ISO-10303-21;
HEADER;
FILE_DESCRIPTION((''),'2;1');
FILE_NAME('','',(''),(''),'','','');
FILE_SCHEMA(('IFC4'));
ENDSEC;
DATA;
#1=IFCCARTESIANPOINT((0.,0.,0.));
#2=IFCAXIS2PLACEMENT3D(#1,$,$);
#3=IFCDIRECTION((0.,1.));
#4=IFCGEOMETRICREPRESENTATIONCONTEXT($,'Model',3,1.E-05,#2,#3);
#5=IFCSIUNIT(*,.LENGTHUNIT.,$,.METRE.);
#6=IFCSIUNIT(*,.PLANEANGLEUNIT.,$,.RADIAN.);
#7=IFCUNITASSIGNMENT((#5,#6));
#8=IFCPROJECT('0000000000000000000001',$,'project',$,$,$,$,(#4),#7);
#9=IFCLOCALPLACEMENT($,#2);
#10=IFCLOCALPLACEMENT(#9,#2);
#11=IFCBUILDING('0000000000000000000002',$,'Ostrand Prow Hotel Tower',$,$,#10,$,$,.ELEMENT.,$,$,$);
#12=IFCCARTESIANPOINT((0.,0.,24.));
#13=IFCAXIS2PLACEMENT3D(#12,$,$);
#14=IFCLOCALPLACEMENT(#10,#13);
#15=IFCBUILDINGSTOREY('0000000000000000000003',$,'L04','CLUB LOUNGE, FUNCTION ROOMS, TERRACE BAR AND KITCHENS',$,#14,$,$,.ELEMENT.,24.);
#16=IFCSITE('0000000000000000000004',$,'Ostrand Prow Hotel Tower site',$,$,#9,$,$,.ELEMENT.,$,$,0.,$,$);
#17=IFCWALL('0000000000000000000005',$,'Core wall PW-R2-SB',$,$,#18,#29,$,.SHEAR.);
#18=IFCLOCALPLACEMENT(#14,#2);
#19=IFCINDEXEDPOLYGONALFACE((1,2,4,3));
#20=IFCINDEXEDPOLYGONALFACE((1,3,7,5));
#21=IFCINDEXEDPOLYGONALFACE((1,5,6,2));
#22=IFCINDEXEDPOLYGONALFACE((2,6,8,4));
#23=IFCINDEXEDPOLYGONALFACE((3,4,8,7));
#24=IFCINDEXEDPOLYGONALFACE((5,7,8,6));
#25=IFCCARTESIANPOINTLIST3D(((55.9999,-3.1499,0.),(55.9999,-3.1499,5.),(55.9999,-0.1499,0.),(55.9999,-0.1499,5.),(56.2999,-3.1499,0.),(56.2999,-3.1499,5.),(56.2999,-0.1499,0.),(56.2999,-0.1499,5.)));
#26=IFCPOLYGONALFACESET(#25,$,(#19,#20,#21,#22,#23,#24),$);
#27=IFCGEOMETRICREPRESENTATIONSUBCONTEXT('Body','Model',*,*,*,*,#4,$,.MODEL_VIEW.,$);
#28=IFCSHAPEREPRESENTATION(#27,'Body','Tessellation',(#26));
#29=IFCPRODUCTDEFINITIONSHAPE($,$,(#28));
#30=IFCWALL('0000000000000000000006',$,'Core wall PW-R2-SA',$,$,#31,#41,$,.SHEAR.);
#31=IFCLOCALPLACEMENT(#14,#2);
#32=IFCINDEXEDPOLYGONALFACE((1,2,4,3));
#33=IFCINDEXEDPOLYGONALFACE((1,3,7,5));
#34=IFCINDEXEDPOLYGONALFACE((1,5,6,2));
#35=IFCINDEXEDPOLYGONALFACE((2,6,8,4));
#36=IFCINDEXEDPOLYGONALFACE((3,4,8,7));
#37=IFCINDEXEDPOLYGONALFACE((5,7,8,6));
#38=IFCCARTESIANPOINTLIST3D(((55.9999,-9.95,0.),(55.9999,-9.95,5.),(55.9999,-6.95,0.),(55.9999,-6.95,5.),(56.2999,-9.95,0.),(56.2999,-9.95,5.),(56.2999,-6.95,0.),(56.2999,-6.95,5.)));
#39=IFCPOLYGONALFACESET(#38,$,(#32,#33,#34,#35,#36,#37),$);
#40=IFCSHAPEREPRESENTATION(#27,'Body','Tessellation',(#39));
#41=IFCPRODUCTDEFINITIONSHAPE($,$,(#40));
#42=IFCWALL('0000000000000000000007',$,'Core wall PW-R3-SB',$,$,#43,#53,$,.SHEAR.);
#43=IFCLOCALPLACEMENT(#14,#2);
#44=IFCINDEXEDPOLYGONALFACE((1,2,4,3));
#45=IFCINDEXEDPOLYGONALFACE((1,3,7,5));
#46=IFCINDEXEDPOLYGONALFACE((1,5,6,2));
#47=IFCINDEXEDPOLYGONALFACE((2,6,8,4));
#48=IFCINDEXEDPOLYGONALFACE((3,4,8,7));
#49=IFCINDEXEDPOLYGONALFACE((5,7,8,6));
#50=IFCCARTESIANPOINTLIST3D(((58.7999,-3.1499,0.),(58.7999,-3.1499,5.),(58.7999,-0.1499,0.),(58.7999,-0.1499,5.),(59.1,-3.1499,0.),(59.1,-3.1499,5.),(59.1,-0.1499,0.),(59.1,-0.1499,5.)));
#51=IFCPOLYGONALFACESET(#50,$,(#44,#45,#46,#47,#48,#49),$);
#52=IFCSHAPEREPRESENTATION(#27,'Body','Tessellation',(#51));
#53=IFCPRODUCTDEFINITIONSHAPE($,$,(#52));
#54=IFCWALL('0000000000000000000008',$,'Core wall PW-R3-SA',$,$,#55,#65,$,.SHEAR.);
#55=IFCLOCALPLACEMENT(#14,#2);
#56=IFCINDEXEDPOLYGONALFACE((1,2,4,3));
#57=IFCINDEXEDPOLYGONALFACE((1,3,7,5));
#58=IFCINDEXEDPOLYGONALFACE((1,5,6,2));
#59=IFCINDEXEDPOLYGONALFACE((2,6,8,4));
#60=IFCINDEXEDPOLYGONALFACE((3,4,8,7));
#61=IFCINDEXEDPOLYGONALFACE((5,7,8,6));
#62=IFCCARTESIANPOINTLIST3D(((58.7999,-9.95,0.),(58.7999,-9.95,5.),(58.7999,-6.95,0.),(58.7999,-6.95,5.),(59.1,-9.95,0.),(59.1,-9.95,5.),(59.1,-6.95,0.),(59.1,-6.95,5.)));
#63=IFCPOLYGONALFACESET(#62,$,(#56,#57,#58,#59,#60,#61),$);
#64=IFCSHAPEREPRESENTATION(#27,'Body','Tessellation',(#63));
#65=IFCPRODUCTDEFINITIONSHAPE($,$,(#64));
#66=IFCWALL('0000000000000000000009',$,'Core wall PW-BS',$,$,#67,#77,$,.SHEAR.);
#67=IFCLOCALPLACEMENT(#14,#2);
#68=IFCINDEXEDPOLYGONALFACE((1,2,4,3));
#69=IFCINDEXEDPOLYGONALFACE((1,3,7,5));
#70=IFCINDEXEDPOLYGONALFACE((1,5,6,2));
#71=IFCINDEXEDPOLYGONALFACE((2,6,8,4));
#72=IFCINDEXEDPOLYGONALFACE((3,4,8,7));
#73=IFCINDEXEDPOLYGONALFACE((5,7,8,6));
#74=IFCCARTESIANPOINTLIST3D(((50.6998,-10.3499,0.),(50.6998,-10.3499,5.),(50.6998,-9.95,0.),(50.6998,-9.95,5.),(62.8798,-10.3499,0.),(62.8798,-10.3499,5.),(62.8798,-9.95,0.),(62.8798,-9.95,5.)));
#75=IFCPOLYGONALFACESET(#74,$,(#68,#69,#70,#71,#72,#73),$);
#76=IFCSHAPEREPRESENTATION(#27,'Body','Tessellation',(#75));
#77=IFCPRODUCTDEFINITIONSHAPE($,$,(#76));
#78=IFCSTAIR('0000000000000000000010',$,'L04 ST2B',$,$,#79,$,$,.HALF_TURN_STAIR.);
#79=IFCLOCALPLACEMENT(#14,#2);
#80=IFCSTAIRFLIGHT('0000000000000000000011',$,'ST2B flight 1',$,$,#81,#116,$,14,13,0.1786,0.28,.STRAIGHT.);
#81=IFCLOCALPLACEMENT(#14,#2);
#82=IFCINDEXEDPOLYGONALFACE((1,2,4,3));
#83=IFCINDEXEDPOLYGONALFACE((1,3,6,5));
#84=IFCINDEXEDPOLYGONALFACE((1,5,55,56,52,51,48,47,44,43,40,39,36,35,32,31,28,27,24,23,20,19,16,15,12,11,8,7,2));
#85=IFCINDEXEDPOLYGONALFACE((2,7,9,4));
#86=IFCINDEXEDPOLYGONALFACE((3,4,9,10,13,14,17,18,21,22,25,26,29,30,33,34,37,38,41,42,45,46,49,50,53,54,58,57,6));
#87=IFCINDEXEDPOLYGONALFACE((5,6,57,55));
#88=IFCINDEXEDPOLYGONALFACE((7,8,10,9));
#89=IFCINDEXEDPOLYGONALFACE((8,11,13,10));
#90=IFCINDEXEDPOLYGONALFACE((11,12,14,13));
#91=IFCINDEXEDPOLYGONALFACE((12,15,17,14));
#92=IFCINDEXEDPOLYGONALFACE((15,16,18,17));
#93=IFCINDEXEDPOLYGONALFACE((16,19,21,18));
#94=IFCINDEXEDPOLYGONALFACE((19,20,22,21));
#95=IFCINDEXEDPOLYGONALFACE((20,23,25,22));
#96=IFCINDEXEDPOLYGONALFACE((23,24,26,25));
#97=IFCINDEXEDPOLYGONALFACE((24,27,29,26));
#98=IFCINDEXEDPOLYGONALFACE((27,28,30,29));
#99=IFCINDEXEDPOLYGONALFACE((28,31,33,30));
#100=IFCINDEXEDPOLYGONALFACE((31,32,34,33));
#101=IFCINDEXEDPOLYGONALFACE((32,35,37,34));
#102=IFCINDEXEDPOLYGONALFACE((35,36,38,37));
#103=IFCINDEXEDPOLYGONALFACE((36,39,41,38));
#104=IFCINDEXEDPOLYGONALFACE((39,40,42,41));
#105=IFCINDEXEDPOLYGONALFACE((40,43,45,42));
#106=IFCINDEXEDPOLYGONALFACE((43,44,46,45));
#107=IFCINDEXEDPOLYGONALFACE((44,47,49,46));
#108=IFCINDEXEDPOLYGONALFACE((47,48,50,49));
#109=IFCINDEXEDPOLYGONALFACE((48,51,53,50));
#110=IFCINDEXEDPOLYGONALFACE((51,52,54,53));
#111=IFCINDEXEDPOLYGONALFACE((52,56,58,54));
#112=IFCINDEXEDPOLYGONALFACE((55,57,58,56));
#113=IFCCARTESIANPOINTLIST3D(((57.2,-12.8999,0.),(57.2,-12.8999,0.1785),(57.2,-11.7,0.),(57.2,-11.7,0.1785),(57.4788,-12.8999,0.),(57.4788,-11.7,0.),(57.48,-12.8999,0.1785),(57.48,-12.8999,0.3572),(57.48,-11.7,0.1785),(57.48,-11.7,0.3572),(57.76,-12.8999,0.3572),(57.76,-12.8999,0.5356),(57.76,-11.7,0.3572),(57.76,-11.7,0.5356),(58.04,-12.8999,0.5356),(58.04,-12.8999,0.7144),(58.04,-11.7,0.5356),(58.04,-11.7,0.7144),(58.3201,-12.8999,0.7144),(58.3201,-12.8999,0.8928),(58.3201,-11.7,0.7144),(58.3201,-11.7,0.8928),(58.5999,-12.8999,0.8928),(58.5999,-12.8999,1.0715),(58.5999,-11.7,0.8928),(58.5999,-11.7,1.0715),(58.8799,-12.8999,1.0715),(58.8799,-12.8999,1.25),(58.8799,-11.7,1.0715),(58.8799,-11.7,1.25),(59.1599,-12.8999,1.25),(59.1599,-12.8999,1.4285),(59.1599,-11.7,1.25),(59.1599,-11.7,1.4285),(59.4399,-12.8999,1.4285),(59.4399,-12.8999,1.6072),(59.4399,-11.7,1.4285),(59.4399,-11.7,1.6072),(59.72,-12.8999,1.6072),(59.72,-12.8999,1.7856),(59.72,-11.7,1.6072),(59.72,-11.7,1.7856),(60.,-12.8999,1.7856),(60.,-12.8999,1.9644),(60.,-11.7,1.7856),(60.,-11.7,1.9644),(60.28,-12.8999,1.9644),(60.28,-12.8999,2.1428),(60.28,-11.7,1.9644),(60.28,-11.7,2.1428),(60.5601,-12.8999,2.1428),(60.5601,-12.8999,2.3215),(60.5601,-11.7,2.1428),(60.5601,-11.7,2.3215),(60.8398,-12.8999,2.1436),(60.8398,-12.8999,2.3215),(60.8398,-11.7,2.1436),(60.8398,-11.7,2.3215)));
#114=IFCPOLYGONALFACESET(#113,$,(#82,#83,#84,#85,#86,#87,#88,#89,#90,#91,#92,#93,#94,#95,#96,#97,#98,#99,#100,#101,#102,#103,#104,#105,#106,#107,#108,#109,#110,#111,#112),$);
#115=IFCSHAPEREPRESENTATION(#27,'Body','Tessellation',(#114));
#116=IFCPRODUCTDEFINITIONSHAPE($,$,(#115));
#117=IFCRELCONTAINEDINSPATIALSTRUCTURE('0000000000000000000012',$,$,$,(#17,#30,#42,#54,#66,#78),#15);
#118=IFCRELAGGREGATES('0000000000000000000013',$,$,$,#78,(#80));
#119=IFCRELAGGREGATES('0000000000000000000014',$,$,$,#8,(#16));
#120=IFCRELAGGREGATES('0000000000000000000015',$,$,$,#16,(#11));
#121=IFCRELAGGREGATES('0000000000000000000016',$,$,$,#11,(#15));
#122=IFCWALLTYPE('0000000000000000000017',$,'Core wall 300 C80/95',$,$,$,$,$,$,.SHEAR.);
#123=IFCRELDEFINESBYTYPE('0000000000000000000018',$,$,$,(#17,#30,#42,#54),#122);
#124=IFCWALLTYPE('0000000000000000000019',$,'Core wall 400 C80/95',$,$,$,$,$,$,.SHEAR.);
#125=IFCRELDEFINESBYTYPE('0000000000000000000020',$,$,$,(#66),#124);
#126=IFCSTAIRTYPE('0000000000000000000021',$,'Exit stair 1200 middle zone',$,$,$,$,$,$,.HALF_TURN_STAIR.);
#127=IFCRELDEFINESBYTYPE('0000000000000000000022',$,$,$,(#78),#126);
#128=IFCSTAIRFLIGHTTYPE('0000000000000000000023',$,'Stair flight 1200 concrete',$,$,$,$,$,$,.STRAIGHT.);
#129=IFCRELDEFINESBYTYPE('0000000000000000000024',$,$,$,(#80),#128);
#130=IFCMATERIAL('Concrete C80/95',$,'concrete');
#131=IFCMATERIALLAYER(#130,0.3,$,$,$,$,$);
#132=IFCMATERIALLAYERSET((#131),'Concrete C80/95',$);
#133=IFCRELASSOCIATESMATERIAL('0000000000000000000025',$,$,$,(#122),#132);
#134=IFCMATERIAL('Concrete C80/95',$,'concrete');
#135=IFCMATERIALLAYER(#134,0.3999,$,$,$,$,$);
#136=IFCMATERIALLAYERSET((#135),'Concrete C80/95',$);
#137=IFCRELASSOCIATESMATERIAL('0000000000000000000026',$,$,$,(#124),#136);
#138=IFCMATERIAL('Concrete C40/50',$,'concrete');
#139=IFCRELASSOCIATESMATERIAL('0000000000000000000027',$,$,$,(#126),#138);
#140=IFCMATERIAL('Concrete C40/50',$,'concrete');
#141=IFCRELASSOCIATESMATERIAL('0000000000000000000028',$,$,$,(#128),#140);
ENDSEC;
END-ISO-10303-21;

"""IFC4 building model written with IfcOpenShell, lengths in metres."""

from ifc_helpers import new_model, si_unit, direction, frame, frame_2d, origin, place, context, subcontext, project, spatial, polyline, rectangle, outline, extrude, material, layer, layer_set, type_object, element, aggregate, save


model = new_model("IFC4")

# Units and contexts
model_context = context("Model", 3, precision=1e-05, world=origin(), true_north=direction((0.0, 1.0)))
body_context = subcontext(model_context, "Body", "Model", "MODEL_VIEW")
ifc_project = project(units=[si_unit("LENGTHUNIT", "METRE"), si_unit("PLANEANGLEUNIT", "RADIAN")], contexts=[model_context])

# Site, building, storey
site_placement = place(None, origin())
site = spatial("IfcSite", under=ifc_project, at=site_placement, Name="Ostrand Prow Hotel Tower site", CompositionType="ELEMENT", RefElevation=0.0)
building_placement = place(site_placement, origin())
building = spatial("IfcBuilding", under=site, at=building_placement, Name="Ostrand Prow Hotel Tower", CompositionType="ELEMENT")
storey_placement = place(building_placement, frame((0.0, 0.0, 24.0)))
storey = spatial("IfcBuildingStorey", under=building, at=storey_placement, Name="L04", Description="CLUB LOUNGE, FUNCTION ROOMS, TERRACE BAR AND KITCHENS", CompositionType="ELEMENT", Elevation=24.0)

# Shared definitions
ifc_material_1 = material(Name="Concrete C80/95", Category="concrete")
ifc_layer_1 = layer(ifc_material_1, 0.3)
ifc_layer_set_1 = layer_set([ifc_layer_1], Name="Concrete C80/95")
wall_type_1 = type_object("IfcWallType", Name="Core wall 300 C80/95", PredefinedType="SHEAR", material=ifc_layer_set_1)

# Walls
for number, where, z_axis, x_axis, name in (
    (1, (56.1499, -3.1499, 0.0), (0.0, 0.0, 1.0), (0.0, 1.0, 0.0), "Core wall PW-R2-SB"),
    (2, (56.1499, -9.95, 0.0), (0.0, 0.0, 1.0), (0.0, 1.0, 0.0), "Core wall PW-R2-SA"),
    (3, (58.95, -3.1499, 0.0), (0.0, 0.0, 1.0), (0.0, 1.0, 0.0), "Core wall PW-R3-SB"),
    (4, (58.95, -9.95, 0.0), (0.0, 0.0, 1.0), (0.0, 1.0, 0.0), "Core wall PW-R3-SA"),
):
    element("IfcWall", number, at=place(storey_placement, frame(where, z_axis=z_axis, x_axis=x_axis)), inside=storey, type_object=wall_type_1, Name=name, PredefinedType="SHEAR", context=body_context, shape_type="SweptSolid", body=[
        extrude(rectangle(XDim=3.0, YDim=0.3, at=frame_2d((1.5, 0.0))), origin(), (0.0, 0.0, 1.0), 5.0),
    ])
ifc_material_2 = material(Name="Concrete C80/95", Category="concrete")
ifc_layer_2 = layer(ifc_material_2, 0.3999)
ifc_layer_set_2 = layer_set([ifc_layer_2], Name="Concrete C80/95")
wall_type_2 = type_object("IfcWallType", Name="Core wall 400 C80/95", PredefinedType="SHEAR", material=ifc_layer_set_2)
wall_1_placement = place(storey_placement, frame((50.7, -10.1499, 0.0), z_axis=(0.0, 0.0, 1.0), x_axis=(1.0, 0.0, 0.0)))
element("IfcWall", 5, at=wall_1_placement, inside=storey, type_object=wall_type_2, Name="Core wall PW-BS", PredefinedType="SHEAR", context=body_context, shape_type="SweptSolid", body=[
    extrude(rectangle(XDim=12.1799, YDim=0.3999, at=frame_2d((6.0898, 0.0))), origin(), (0.0, 0.0, 1.0), 5.0),
])

# Stair, stair flight
ifc_material_3 = material(Name="Concrete C40/50", Category="concrete")
stair_type = type_object("IfcStairType", Name="Exit stair 1200 middle zone", PredefinedType="HALF_TURN_STAIR", material=ifc_material_3)
stair_placement = place(storey_placement, origin())
stair = element("IfcStair", 6, at=stair_placement, inside=storey, type_object=stair_type, Name="L04 ST2B", PredefinedType="HALF_TURN_STAIR")
ifc_material_4 = material(Name="Concrete C40/50", Category="concrete")
stair_flight_type = type_object("IfcStairFlightType", Name="Stair flight 1200 concrete", PredefinedType="STRAIGHT", material=ifc_material_4)
stair_flight_placement = place(storey_placement, frame((57.2, -12.3, 0.0), z_axis=(0.0, 0.0, 1.0), x_axis=(1.0, 0.0, 0.0)))
stair_flight = element("IfcStairFlight", 7, at=stair_flight_placement, type_object=stair_flight_type, Name="ST2B flight 1", NumberOfRisers=14, NumberOfTreads=13, PredefinedType="STRAIGHT", RiserHeight=0.1786, TreadLength=0.28, context=body_context, shape_type="SweptSolid", body=[
    extrude(outline(polyline([(0.0, 0.0), (0.0, 0.1785), (0.28, 0.1785), (0.28, 0.3572), (0.5601, 0.3572), (0.5601, 0.5356), (0.8401, 0.5356), (0.8401, 0.7144), (1.1201, 0.7144), (1.1201, 0.8928), (1.3999, 0.8928), (1.3999, 1.0715), (1.6799, 1.0715), (1.6799, 1.25), (1.96, 1.25), (1.96, 1.4285), (2.24, 1.4285), (2.24, 1.6072), (2.52, 1.6072), (2.52, 1.7856), (2.8, 1.7856), (2.8, 1.9644), (3.0801, 1.9644), (3.0801, 2.1428), (3.3601, 2.1428), (3.3601, 2.3215), (3.6399, 2.3215), (3.6399, 2.5), (3.6399, 2.1436), (0.2788, 0.0), (0.0, 0.0)])), frame((0.0, 0.6001, 0.0), z_axis=(0.0, -1.0, 0.0), x_axis=(1.0, 0.0, 0.0)), (0.0, 0.0, 1.0), 1.2),
])
aggregate(stair, [stair_flight])

save(model, "model.ifc")
